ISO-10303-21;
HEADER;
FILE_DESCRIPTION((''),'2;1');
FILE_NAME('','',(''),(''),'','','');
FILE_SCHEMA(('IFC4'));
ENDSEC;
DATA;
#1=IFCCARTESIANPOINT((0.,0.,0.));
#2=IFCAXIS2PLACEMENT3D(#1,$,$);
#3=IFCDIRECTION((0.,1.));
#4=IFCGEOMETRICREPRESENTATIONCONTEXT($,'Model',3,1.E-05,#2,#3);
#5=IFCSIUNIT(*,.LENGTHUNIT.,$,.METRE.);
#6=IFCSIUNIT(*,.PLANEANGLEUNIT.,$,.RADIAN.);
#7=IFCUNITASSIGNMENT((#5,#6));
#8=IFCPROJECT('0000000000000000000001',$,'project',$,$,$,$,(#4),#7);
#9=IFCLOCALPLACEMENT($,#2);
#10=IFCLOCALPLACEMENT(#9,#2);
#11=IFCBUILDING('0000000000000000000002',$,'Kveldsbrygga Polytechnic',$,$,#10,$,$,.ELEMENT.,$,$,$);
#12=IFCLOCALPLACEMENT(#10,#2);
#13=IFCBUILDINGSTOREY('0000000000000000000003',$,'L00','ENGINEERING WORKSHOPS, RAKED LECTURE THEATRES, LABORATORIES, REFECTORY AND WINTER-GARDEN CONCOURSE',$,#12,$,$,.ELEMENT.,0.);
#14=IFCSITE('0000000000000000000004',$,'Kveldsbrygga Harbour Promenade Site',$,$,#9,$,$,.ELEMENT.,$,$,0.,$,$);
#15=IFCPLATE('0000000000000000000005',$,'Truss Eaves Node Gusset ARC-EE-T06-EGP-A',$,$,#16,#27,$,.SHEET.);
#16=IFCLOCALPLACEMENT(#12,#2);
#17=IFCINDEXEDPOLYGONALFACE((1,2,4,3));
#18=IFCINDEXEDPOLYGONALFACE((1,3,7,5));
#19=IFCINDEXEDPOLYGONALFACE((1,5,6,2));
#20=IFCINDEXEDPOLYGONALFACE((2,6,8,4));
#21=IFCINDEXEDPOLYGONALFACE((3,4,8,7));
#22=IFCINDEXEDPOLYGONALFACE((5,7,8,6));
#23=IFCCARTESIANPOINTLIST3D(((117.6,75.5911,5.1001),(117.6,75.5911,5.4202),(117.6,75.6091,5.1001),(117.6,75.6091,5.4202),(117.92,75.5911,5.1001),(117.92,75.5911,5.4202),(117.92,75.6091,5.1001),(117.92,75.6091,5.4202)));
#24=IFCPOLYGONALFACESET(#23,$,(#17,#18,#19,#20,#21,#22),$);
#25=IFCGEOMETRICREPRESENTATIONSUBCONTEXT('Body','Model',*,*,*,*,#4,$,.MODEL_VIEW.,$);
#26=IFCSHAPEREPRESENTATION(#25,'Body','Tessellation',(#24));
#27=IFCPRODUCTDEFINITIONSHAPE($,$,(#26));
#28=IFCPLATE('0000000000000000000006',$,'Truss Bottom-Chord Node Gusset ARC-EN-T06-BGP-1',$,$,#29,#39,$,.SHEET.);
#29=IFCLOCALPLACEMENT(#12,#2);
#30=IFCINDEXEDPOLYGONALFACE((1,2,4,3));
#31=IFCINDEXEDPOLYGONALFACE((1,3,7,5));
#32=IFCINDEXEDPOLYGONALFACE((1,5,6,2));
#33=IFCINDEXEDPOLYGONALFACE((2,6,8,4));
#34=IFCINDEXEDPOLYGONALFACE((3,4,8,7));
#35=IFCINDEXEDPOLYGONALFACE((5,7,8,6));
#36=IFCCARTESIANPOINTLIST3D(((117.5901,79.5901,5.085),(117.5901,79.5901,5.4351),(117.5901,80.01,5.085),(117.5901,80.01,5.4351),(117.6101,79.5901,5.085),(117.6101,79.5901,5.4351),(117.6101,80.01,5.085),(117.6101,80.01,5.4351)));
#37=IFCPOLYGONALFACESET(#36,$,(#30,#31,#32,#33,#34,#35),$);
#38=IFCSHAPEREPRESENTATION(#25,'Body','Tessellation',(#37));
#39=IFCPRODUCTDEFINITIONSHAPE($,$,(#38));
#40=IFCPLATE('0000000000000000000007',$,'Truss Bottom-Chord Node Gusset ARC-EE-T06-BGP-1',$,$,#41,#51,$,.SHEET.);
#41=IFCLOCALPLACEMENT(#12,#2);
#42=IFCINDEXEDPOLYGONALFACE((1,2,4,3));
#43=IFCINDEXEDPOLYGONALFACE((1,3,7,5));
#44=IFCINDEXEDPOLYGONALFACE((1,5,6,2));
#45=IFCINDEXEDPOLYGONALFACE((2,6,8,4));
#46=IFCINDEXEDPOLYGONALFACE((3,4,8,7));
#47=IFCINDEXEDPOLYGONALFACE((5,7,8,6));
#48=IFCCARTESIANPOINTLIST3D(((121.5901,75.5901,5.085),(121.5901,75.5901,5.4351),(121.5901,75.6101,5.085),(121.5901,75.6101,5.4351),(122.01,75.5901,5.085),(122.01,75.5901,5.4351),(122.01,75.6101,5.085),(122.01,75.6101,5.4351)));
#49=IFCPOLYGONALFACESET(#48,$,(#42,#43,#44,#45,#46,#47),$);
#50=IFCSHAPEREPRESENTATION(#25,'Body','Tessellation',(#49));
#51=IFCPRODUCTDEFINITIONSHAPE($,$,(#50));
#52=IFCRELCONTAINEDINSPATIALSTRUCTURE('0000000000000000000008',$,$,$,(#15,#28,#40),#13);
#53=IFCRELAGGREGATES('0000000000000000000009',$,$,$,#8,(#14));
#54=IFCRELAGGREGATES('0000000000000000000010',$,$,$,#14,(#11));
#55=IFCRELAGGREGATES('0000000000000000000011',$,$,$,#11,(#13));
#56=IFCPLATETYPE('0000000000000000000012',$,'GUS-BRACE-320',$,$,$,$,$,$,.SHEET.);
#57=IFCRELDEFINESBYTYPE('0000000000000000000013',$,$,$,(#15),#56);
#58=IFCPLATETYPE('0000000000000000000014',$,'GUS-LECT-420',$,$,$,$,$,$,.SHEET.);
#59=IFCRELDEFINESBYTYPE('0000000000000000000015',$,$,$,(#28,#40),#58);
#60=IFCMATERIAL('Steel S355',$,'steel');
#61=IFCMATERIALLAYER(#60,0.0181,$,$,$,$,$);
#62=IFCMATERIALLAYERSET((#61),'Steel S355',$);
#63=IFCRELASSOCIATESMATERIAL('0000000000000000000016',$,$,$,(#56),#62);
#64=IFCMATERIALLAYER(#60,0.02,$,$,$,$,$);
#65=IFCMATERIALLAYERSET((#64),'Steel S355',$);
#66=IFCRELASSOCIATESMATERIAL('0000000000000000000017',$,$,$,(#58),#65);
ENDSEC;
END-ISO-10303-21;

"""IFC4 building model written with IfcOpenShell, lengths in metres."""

from ifc_helpers import new_model, si_unit, direction, frame, origin, origin_2d, place, context, subcontext, project, spatial, rectangle, extrude, material, layer, layer_set, type_object, element, save


model = new_model("IFC4")

# Units and contexts
model_context = context("Model", 3, precision=1e-05, world=origin(), true_north=direction((0.0, 1.0)))
body_context = subcontext(model_context, "Body", "Model", "MODEL_VIEW")
ifc_project = project(units=[si_unit("LENGTHUNIT", "METRE"), si_unit("PLANEANGLEUNIT", "RADIAN")], contexts=[model_context])

# Site, building, storey
site_placement = place(None, origin())
site = spatial("IfcSite", under=ifc_project, at=site_placement, Name="Kveldsbrygga Harbour Promenade Site", CompositionType="ELEMENT", RefElevation=0.0)
building_placement = place(site_placement, origin())
building = spatial("IfcBuilding", under=site, at=building_placement, Name="Kveldsbrygga Polytechnic", CompositionType="ELEMENT")
storey_placement = place(building_placement, origin())
storey = spatial("IfcBuildingStorey", under=building, at=storey_placement, Name="L00", Description="ENGINEERING WORKSHOPS, RAKED LECTURE THEATRES, LABORATORIES, REFECTORY AND WINTER-GARDEN CONCOURSE", CompositionType="ELEMENT", Elevation=0.0)

# Shared definitions
ifc_material = material(Name="Steel S355", Category="steel")

# Plates
ifc_layer_1 = layer(ifc_material, 0.0181)
ifc_layer_set_1 = layer_set([ifc_layer_1], Name="Steel S355")
plate_type_1 = type_object("IfcPlateType", Name="GUS-BRACE-320", PredefinedType="SHEET", material=ifc_layer_set_1)
plate_1_placement = place(storey_placement, frame((117.76, 75.6001, 5.1001), z_axis=(0.0, 0.0, 1.0), x_axis=(1.0, 0.0, 0.0)))
element("IfcPlate", 1, at=plate_1_placement, inside=storey, type_object=plate_type_1, Name="Truss Eaves Node Gusset ARC-EE-T06-EGP-A", PredefinedType="SHEET", context=body_context, shape_type="SweptSolid", body=[
    extrude(rectangle(XDim=0.3201, YDim=0.0181, at=origin_2d()), origin(), (0.0, 0.0, 1.0), 0.3201),
])
ifc_layer_2 = layer(ifc_material, 0.02)
ifc_layer_set_2 = layer_set([ifc_layer_2], Name="Steel S355")
plate_type_2 = type_object("IfcPlateType", Name="GUS-LECT-420", PredefinedType="SHEET", material=ifc_layer_set_2)
plate_2_placement = place(storey_placement, frame((117.6001, 79.8, 5.085), z_axis=(0.0, 0.0, 1.0), x_axis=(1.0, 0.0, 0.0)))
element("IfcPlate", 2, at=plate_2_placement, inside=storey, type_object=plate_type_2, Name="Truss Bottom-Chord Node Gusset ARC-EN-T06-BGP-1", PredefinedType="SHEET", context=body_context, shape_type="SweptSolid", body=[
    extrude(rectangle(XDim=0.02, YDim=0.4199, at=origin_2d()), origin(), (0.0, 0.0, 1.0), 0.3501),
])
plate_3_placement = place(storey_placement, frame((121.8, 75.6001, 5.085), z_axis=(0.0, 0.0, 1.0), x_axis=(1.0, 0.0, 0.0)))
element("IfcPlate", 3, at=plate_3_placement, inside=storey, type_object=plate_type_2, Name="Truss Bottom-Chord Node Gusset ARC-EE-T06-BGP-1", PredefinedType="SHEET", context=body_context, shape_type="SweptSolid", body=[
    extrude(rectangle(XDim=0.4199, YDim=0.02, at=origin_2d()), origin(), (0.0, 0.0, 1.0), 0.3501),
])

save(model, "model.ifc")
